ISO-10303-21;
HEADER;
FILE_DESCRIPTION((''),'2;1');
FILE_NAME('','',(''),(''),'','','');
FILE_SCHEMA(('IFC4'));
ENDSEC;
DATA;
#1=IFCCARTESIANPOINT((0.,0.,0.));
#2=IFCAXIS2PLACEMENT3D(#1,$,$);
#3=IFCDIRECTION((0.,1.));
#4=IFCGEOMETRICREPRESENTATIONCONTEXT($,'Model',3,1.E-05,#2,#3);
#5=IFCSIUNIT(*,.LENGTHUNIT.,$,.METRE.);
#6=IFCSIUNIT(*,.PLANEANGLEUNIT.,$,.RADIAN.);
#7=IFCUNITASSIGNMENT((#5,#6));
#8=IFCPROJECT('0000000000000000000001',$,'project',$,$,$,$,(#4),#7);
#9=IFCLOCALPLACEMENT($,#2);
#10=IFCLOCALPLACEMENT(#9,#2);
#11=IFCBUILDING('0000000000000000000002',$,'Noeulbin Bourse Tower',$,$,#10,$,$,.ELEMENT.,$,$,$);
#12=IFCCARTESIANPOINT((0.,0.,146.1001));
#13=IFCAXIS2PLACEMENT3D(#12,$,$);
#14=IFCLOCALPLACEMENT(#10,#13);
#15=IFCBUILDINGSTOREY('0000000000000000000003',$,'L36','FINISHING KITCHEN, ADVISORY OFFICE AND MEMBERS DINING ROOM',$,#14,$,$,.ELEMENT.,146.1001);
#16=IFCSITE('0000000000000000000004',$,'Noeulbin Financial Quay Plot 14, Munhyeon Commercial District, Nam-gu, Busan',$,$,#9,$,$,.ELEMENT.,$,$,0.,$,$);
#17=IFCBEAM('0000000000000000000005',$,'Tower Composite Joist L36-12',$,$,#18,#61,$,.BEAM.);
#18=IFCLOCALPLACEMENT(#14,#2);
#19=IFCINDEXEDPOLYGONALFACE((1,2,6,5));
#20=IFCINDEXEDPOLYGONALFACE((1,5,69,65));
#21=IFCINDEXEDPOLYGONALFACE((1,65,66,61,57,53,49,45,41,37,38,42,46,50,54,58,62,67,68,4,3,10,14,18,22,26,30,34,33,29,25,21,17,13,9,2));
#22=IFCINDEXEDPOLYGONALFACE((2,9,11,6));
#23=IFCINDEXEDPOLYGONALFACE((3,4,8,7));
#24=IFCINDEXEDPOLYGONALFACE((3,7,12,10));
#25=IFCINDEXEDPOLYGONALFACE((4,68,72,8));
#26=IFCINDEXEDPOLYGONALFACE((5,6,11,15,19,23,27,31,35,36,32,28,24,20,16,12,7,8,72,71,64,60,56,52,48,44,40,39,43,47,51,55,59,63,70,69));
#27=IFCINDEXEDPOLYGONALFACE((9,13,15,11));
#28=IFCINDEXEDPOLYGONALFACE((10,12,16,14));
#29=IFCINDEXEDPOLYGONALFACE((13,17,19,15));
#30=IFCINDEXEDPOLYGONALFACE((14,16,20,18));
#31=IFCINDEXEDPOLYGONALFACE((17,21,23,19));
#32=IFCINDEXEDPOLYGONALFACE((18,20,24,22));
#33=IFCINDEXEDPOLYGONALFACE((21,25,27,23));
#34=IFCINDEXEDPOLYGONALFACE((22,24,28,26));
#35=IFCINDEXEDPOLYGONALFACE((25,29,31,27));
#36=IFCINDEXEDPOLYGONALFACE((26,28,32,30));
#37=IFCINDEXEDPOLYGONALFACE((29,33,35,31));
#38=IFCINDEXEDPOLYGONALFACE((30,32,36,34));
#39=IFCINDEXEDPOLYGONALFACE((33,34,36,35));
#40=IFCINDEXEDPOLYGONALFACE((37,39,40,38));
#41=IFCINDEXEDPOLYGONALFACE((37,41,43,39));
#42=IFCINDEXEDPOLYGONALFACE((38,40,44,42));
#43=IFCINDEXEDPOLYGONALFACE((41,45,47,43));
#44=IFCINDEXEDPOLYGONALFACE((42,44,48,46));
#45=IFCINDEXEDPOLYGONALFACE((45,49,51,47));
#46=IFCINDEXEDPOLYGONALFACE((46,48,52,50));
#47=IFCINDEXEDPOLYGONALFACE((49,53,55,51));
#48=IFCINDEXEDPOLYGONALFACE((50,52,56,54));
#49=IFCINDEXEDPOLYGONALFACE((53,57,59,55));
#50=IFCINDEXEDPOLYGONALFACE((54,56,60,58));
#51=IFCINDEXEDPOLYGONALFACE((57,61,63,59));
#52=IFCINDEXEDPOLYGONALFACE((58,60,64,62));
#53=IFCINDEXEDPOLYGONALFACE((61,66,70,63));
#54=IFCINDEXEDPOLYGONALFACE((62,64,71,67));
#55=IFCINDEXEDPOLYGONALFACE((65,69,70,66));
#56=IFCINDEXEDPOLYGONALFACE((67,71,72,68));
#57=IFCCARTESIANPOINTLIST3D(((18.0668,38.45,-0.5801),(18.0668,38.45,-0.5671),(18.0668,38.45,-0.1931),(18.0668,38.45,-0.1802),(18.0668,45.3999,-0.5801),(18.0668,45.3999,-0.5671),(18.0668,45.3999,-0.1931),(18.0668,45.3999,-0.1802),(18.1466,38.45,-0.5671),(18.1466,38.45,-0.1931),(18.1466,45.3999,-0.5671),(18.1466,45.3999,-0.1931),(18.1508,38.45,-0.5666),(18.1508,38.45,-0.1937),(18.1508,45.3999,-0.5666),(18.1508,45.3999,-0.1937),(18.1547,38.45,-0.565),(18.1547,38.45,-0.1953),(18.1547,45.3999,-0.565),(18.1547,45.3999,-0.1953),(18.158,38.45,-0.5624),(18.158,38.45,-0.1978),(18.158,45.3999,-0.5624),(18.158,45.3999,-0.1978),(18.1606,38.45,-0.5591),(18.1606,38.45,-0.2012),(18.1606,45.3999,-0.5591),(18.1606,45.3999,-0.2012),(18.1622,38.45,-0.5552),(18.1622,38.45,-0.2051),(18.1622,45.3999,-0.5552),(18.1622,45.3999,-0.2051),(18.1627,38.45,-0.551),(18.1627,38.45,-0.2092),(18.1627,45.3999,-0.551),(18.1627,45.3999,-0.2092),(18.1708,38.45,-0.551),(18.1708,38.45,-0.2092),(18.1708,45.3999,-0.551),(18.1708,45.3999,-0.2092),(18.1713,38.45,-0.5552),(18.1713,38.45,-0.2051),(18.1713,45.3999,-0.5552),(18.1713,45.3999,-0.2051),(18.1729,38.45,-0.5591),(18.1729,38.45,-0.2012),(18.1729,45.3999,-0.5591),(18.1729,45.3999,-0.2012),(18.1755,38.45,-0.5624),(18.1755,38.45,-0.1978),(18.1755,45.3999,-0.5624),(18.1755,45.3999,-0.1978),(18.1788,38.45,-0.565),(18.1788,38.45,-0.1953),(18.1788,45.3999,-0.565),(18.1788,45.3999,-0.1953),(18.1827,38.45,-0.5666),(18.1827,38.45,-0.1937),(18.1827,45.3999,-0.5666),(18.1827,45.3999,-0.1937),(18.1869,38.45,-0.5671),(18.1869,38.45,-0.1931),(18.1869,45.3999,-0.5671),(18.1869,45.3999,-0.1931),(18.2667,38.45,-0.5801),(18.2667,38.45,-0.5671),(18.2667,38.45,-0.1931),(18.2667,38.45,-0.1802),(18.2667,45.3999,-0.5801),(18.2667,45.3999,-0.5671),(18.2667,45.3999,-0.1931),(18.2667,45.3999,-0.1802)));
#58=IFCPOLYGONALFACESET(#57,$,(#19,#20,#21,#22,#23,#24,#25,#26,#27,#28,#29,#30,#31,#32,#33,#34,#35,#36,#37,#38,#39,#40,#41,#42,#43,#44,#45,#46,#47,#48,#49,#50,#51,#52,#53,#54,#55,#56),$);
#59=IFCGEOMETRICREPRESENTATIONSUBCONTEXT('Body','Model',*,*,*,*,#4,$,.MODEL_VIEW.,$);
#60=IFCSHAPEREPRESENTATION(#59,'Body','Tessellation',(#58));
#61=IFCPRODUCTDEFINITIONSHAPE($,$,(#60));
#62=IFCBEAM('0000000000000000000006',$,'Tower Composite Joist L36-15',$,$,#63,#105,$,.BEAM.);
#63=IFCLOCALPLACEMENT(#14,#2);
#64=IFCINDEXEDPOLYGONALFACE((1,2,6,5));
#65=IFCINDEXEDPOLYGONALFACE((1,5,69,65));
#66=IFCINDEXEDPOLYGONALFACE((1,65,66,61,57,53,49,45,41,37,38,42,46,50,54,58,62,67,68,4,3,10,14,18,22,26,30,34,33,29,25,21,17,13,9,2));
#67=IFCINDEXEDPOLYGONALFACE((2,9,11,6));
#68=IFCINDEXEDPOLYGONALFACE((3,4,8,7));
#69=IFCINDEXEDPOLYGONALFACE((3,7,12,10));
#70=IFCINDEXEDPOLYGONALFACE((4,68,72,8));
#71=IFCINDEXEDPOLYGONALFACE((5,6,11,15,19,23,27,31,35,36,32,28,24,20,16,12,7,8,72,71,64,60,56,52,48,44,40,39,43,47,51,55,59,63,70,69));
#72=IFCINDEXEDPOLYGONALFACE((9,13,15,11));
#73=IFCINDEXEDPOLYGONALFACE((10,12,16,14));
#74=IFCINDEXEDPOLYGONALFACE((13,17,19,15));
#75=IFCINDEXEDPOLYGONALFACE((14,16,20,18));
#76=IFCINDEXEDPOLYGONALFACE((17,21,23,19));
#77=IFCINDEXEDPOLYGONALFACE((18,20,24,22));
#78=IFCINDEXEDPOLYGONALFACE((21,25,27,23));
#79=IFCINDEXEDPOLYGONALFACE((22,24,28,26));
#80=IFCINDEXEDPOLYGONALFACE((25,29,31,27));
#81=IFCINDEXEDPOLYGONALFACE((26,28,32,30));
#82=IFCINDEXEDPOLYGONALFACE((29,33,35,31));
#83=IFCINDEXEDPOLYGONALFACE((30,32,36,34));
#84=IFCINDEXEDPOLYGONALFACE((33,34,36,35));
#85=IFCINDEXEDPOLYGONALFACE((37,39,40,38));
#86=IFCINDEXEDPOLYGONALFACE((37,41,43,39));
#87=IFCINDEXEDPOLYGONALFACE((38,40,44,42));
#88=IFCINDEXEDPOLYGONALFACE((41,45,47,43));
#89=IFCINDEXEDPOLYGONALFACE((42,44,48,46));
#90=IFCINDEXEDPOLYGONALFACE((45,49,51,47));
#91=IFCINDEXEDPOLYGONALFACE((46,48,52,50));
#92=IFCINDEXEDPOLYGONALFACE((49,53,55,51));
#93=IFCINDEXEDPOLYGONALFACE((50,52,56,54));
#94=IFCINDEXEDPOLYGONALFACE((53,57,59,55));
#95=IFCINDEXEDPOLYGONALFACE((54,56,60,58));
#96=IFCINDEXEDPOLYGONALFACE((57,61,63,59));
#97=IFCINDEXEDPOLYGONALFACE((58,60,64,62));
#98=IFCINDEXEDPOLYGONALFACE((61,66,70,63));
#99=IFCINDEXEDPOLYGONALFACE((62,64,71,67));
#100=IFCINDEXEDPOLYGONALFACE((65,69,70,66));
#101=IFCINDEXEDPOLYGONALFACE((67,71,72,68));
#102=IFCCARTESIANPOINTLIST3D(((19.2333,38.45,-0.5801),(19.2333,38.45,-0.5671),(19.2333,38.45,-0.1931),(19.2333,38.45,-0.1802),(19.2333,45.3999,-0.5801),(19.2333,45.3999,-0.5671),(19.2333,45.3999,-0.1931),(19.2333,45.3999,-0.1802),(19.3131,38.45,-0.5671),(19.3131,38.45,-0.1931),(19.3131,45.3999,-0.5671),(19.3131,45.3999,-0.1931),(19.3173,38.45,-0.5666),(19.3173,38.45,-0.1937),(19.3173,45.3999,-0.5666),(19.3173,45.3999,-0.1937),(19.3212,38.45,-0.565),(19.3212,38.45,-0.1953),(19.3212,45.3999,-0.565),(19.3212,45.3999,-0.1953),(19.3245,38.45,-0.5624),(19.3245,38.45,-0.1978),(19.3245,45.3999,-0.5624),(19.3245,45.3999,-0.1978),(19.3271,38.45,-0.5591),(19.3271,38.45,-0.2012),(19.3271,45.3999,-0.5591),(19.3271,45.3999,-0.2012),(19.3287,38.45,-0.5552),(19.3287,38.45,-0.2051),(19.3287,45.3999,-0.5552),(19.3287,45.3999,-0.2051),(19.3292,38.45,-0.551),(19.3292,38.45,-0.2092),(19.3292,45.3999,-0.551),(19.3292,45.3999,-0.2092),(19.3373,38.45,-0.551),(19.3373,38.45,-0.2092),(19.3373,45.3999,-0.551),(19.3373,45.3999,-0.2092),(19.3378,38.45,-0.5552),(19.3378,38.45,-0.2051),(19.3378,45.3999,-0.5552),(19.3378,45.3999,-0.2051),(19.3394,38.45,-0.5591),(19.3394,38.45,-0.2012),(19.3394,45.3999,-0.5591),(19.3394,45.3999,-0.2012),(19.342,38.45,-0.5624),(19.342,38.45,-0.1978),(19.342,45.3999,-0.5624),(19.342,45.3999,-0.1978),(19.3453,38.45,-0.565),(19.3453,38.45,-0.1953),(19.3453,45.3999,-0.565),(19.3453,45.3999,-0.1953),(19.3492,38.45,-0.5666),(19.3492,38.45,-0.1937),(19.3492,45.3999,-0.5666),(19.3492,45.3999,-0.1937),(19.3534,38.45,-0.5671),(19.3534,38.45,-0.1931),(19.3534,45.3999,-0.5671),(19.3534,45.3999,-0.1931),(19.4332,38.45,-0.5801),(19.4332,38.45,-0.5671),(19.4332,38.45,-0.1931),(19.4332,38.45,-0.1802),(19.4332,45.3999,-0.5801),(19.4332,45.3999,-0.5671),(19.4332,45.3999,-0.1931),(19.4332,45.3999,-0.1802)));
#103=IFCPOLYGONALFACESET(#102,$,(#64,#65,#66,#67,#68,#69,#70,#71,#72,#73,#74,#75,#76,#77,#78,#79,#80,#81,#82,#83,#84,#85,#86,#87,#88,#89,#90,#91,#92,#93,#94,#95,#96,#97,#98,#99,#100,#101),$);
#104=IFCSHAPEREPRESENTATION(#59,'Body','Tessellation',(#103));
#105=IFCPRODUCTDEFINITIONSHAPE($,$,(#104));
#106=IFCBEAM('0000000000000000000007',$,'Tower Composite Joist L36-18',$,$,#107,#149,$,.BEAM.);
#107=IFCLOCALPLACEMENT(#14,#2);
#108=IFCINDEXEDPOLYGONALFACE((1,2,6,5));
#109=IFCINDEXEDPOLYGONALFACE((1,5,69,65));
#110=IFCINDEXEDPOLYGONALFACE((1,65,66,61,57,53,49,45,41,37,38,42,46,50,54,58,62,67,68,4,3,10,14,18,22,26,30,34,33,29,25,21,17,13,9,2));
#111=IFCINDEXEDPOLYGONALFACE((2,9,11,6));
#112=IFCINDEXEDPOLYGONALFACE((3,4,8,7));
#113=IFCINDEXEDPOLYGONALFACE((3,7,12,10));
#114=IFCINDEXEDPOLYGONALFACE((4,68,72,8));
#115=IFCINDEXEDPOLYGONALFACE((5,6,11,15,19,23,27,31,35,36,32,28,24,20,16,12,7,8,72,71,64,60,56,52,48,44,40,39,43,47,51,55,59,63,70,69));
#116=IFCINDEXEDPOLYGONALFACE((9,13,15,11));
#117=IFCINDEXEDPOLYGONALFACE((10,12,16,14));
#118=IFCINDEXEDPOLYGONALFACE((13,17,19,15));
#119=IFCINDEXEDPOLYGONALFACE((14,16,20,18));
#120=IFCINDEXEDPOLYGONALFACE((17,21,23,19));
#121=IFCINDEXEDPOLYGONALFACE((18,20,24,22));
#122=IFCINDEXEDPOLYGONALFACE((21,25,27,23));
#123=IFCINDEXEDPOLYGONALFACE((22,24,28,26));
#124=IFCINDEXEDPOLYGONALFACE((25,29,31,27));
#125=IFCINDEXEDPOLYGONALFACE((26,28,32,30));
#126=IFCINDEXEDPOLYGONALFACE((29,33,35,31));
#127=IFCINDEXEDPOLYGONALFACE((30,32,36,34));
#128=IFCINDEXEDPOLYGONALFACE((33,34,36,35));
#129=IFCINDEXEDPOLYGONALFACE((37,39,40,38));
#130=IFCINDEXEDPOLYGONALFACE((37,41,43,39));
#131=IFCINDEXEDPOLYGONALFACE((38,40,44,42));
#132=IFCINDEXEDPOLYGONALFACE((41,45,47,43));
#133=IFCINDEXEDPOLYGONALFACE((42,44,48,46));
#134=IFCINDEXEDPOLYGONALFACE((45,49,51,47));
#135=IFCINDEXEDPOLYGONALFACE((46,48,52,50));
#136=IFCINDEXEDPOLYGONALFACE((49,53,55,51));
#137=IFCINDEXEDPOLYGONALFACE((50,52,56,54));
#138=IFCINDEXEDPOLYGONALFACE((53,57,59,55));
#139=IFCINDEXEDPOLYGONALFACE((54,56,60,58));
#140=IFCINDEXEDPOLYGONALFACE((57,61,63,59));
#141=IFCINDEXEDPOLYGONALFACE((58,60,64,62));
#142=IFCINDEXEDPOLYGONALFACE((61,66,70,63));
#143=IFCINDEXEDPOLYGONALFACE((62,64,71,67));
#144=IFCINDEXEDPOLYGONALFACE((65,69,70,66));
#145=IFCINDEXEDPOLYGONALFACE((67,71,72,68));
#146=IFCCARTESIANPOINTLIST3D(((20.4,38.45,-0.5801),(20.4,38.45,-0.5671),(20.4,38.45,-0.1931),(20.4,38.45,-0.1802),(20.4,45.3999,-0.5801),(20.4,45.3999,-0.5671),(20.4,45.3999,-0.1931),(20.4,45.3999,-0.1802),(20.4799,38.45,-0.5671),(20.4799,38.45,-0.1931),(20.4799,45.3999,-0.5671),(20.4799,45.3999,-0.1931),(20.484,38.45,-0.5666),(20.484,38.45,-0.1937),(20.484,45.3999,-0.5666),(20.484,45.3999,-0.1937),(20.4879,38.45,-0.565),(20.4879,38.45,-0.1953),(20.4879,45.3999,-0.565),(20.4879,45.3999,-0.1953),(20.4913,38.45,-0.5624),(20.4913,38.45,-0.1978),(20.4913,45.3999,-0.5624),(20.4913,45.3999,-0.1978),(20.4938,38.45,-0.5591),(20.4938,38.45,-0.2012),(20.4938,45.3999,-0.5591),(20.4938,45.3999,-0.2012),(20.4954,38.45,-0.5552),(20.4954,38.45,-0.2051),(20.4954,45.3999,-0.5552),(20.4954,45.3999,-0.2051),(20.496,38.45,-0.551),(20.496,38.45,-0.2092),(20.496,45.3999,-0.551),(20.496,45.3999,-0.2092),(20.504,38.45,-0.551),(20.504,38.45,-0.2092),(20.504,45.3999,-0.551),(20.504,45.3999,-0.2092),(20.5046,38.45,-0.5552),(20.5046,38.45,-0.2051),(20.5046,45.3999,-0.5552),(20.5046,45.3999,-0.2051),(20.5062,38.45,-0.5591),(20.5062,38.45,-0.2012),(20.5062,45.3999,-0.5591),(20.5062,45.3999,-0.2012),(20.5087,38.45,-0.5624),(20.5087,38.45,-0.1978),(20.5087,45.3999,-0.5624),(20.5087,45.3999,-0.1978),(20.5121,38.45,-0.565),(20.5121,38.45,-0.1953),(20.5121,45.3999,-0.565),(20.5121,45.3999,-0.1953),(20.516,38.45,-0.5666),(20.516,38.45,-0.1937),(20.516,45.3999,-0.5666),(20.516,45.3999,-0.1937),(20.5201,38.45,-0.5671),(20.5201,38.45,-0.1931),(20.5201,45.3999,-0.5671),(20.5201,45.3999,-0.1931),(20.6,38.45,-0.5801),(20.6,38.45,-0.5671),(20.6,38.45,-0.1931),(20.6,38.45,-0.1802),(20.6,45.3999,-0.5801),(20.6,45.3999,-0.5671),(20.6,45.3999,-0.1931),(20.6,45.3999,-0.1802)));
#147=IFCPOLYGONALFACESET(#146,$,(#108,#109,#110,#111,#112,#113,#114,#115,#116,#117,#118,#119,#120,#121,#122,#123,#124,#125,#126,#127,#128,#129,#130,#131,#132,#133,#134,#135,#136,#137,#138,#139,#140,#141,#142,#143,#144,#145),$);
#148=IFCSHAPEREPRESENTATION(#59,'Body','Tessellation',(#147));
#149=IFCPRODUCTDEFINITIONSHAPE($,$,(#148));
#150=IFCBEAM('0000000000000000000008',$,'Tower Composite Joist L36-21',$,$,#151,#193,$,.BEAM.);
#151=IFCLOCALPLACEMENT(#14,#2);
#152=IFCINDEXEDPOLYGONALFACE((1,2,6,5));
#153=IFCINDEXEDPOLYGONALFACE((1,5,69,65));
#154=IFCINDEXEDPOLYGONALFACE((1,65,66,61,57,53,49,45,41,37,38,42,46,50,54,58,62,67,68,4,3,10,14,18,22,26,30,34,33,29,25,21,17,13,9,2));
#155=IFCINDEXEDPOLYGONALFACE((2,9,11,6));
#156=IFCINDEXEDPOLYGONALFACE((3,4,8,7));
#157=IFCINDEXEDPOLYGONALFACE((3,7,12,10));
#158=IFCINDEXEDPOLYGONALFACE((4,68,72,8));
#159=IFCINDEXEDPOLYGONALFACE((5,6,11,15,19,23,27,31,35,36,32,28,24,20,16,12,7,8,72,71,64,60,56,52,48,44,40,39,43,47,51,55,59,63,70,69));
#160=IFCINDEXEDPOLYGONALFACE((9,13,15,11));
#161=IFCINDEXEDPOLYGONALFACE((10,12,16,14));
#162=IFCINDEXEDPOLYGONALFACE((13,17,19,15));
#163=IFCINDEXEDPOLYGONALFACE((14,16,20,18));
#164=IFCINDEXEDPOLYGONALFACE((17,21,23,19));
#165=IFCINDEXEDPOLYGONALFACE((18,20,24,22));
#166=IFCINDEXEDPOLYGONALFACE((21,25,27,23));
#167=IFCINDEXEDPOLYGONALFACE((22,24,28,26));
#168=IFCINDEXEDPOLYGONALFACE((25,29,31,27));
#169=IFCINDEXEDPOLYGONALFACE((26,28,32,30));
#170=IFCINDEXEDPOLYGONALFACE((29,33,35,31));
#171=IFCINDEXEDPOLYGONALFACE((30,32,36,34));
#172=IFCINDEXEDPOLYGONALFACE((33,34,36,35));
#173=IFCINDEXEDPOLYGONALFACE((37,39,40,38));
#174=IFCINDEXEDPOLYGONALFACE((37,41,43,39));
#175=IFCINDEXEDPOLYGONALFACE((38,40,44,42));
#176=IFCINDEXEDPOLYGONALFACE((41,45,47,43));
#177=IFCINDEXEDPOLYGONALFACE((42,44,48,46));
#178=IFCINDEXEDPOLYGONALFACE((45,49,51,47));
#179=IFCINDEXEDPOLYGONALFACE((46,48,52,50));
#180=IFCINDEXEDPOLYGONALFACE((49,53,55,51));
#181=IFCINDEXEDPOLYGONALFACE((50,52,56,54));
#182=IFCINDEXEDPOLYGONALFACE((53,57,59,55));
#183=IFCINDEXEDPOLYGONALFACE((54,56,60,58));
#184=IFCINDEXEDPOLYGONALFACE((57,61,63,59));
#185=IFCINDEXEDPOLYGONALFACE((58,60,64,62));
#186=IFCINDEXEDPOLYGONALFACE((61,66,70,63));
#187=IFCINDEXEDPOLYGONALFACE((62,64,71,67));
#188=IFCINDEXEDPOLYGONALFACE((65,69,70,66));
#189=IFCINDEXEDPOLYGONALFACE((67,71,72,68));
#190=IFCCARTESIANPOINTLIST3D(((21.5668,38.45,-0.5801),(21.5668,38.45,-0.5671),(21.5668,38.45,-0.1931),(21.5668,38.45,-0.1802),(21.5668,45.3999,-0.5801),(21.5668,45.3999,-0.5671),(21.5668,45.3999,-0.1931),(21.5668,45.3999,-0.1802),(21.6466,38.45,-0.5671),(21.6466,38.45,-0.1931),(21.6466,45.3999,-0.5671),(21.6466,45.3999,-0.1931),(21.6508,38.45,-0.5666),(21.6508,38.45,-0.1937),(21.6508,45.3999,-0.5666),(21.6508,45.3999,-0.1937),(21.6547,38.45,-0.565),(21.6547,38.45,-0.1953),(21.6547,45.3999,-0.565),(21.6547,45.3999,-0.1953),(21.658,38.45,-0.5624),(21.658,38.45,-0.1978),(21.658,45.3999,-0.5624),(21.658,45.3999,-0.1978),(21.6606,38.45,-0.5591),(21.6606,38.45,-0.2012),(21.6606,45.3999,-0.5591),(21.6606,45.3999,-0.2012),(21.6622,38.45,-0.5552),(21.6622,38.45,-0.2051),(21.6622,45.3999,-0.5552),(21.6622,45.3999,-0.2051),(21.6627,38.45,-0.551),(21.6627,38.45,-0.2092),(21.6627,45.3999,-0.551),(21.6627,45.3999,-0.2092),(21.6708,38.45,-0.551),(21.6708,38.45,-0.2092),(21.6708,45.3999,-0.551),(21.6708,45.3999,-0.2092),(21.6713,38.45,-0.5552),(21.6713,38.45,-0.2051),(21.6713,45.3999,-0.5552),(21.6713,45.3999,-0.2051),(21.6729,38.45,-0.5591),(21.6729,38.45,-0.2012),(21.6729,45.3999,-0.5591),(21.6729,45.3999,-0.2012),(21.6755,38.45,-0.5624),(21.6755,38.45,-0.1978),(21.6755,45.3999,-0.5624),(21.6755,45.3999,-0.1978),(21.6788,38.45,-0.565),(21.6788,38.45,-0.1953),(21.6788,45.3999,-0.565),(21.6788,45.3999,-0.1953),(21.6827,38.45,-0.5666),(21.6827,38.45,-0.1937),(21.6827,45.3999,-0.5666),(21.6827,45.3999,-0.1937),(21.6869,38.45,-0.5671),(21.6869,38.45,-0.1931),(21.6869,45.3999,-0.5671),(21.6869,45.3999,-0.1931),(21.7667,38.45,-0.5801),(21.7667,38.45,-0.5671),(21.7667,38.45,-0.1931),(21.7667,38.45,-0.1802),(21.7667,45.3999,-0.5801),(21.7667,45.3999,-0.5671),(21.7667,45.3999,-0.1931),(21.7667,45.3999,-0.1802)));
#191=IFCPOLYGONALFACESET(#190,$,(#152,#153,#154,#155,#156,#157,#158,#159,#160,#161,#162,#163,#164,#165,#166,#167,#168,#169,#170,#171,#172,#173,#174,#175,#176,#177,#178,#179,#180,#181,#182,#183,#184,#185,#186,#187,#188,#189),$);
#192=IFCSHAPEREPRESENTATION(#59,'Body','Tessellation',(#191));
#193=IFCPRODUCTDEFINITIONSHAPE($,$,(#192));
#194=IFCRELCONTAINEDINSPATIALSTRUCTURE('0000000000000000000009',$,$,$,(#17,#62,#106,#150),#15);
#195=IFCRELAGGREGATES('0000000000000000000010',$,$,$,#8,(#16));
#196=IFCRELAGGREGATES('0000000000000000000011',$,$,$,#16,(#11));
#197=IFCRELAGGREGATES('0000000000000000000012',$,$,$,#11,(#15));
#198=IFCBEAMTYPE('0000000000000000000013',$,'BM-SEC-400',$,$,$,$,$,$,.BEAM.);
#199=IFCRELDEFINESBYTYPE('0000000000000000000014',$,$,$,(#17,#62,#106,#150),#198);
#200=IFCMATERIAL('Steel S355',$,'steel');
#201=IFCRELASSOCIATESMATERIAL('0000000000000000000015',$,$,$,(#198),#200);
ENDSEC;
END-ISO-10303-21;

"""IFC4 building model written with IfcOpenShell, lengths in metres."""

from ifc_helpers import new_model, si_unit, direction, frame, origin, origin_2d, place, context, subcontext, project, spatial, i_section, extrude, material, material_profile, profile_set, type_object, element, save


model = new_model("IFC4")

# Units and contexts
model_context = context("Model", 3, precision=1e-05, world=origin(), true_north=direction((0.0, 1.0)))
body_context = subcontext(model_context, "Body", "Model", "MODEL_VIEW")
ifc_project = project(units=[si_unit("LENGTHUNIT", "METRE"), si_unit("PLANEANGLEUNIT", "RADIAN")], contexts=[model_context])

# Site, building, storey
site_placement = place(None, origin())
site = spatial("IfcSite", under=ifc_project, at=site_placement, Name="Noeulbin Financial Quay Plot 14, Munhyeon Commercial District, Nam-gu, Busan", CompositionType="ELEMENT", RefElevation=0.0)
building_placement = place(site_placement, origin())
building = spatial("IfcBuilding", under=site, at=building_placement, Name="Noeulbin Bourse Tower", CompositionType="ELEMENT")
storey_placement = place(building_placement, frame((0.0, 0.0, 146.1001)))
storey = spatial("IfcBuildingStorey", under=building, at=storey_placement, Name="L36", Description="FINISHING KITCHEN, ADVISORY OFFICE AND MEMBERS DINING ROOM", CompositionType="ELEMENT", Elevation=146.1001)

# Shared definitions
ifc_material_1 = material(Name="Steel S355", Category="steel")

# Beams
ifc_material_profile_1 = material_profile(ifc_material_1, i_section(OverallWidth=0.2, OverallDepth=0.3999, WebThickness=0.0081, FlangeThickness=0.0129, FilletRadius=0.0161, at=origin_2d()), Name="H-400x200x8x13", Category="LoadBearing")
ifc_profile_set_1 = profile_set([ifc_material_profile_1], Name="Steel S355")
beam_type_1 = type_object("IfcBeamType", Name="BM-SEC-400", PredefinedType="BEAM", material=ifc_profile_set_1)
for number, where, z_axis, x_axis, name in (
    (1, (18.1667, 38.45, -0.3801), (0.0, 1.0, 0.0), (-1.0, 0.0, 0.0), "Tower Composite Joist L36-12"),
    (2, (19.3333, 38.45, -0.3801), (0.0, 1.0, 0.0), (-1.0, 0.0, 0.0), "Tower Composite Joist L36-15"),
    (3, (20.5, 38.45, -0.3801), (0.0, 1.0, 0.0), (-1.0, 0.0, 0.0), "Tower Composite Joist L36-18"),
    (4, (21.6667, 38.45, -0.3801), (0.0, 1.0, 0.0), (-1.0, 0.0, 0.0), "Tower Composite Joist L36-21"),
):
    element("IfcBeam", number, at=place(storey_placement, frame(where, z_axis=z_axis, x_axis=x_axis)), inside=storey, type_object=beam_type_1, Name=name, PredefinedType="BEAM", context=body_context, shape_type="SweptSolid", body=[
        extrude(i_section(OverallWidth=0.2, OverallDepth=0.3999, WebThickness=0.0081, FlangeThickness=0.0129, FilletRadius=0.0161, at=origin_2d()), origin(), (0.0, 0.0, 1.0), 6.95),
    ])

save(model, "model.ifc")
